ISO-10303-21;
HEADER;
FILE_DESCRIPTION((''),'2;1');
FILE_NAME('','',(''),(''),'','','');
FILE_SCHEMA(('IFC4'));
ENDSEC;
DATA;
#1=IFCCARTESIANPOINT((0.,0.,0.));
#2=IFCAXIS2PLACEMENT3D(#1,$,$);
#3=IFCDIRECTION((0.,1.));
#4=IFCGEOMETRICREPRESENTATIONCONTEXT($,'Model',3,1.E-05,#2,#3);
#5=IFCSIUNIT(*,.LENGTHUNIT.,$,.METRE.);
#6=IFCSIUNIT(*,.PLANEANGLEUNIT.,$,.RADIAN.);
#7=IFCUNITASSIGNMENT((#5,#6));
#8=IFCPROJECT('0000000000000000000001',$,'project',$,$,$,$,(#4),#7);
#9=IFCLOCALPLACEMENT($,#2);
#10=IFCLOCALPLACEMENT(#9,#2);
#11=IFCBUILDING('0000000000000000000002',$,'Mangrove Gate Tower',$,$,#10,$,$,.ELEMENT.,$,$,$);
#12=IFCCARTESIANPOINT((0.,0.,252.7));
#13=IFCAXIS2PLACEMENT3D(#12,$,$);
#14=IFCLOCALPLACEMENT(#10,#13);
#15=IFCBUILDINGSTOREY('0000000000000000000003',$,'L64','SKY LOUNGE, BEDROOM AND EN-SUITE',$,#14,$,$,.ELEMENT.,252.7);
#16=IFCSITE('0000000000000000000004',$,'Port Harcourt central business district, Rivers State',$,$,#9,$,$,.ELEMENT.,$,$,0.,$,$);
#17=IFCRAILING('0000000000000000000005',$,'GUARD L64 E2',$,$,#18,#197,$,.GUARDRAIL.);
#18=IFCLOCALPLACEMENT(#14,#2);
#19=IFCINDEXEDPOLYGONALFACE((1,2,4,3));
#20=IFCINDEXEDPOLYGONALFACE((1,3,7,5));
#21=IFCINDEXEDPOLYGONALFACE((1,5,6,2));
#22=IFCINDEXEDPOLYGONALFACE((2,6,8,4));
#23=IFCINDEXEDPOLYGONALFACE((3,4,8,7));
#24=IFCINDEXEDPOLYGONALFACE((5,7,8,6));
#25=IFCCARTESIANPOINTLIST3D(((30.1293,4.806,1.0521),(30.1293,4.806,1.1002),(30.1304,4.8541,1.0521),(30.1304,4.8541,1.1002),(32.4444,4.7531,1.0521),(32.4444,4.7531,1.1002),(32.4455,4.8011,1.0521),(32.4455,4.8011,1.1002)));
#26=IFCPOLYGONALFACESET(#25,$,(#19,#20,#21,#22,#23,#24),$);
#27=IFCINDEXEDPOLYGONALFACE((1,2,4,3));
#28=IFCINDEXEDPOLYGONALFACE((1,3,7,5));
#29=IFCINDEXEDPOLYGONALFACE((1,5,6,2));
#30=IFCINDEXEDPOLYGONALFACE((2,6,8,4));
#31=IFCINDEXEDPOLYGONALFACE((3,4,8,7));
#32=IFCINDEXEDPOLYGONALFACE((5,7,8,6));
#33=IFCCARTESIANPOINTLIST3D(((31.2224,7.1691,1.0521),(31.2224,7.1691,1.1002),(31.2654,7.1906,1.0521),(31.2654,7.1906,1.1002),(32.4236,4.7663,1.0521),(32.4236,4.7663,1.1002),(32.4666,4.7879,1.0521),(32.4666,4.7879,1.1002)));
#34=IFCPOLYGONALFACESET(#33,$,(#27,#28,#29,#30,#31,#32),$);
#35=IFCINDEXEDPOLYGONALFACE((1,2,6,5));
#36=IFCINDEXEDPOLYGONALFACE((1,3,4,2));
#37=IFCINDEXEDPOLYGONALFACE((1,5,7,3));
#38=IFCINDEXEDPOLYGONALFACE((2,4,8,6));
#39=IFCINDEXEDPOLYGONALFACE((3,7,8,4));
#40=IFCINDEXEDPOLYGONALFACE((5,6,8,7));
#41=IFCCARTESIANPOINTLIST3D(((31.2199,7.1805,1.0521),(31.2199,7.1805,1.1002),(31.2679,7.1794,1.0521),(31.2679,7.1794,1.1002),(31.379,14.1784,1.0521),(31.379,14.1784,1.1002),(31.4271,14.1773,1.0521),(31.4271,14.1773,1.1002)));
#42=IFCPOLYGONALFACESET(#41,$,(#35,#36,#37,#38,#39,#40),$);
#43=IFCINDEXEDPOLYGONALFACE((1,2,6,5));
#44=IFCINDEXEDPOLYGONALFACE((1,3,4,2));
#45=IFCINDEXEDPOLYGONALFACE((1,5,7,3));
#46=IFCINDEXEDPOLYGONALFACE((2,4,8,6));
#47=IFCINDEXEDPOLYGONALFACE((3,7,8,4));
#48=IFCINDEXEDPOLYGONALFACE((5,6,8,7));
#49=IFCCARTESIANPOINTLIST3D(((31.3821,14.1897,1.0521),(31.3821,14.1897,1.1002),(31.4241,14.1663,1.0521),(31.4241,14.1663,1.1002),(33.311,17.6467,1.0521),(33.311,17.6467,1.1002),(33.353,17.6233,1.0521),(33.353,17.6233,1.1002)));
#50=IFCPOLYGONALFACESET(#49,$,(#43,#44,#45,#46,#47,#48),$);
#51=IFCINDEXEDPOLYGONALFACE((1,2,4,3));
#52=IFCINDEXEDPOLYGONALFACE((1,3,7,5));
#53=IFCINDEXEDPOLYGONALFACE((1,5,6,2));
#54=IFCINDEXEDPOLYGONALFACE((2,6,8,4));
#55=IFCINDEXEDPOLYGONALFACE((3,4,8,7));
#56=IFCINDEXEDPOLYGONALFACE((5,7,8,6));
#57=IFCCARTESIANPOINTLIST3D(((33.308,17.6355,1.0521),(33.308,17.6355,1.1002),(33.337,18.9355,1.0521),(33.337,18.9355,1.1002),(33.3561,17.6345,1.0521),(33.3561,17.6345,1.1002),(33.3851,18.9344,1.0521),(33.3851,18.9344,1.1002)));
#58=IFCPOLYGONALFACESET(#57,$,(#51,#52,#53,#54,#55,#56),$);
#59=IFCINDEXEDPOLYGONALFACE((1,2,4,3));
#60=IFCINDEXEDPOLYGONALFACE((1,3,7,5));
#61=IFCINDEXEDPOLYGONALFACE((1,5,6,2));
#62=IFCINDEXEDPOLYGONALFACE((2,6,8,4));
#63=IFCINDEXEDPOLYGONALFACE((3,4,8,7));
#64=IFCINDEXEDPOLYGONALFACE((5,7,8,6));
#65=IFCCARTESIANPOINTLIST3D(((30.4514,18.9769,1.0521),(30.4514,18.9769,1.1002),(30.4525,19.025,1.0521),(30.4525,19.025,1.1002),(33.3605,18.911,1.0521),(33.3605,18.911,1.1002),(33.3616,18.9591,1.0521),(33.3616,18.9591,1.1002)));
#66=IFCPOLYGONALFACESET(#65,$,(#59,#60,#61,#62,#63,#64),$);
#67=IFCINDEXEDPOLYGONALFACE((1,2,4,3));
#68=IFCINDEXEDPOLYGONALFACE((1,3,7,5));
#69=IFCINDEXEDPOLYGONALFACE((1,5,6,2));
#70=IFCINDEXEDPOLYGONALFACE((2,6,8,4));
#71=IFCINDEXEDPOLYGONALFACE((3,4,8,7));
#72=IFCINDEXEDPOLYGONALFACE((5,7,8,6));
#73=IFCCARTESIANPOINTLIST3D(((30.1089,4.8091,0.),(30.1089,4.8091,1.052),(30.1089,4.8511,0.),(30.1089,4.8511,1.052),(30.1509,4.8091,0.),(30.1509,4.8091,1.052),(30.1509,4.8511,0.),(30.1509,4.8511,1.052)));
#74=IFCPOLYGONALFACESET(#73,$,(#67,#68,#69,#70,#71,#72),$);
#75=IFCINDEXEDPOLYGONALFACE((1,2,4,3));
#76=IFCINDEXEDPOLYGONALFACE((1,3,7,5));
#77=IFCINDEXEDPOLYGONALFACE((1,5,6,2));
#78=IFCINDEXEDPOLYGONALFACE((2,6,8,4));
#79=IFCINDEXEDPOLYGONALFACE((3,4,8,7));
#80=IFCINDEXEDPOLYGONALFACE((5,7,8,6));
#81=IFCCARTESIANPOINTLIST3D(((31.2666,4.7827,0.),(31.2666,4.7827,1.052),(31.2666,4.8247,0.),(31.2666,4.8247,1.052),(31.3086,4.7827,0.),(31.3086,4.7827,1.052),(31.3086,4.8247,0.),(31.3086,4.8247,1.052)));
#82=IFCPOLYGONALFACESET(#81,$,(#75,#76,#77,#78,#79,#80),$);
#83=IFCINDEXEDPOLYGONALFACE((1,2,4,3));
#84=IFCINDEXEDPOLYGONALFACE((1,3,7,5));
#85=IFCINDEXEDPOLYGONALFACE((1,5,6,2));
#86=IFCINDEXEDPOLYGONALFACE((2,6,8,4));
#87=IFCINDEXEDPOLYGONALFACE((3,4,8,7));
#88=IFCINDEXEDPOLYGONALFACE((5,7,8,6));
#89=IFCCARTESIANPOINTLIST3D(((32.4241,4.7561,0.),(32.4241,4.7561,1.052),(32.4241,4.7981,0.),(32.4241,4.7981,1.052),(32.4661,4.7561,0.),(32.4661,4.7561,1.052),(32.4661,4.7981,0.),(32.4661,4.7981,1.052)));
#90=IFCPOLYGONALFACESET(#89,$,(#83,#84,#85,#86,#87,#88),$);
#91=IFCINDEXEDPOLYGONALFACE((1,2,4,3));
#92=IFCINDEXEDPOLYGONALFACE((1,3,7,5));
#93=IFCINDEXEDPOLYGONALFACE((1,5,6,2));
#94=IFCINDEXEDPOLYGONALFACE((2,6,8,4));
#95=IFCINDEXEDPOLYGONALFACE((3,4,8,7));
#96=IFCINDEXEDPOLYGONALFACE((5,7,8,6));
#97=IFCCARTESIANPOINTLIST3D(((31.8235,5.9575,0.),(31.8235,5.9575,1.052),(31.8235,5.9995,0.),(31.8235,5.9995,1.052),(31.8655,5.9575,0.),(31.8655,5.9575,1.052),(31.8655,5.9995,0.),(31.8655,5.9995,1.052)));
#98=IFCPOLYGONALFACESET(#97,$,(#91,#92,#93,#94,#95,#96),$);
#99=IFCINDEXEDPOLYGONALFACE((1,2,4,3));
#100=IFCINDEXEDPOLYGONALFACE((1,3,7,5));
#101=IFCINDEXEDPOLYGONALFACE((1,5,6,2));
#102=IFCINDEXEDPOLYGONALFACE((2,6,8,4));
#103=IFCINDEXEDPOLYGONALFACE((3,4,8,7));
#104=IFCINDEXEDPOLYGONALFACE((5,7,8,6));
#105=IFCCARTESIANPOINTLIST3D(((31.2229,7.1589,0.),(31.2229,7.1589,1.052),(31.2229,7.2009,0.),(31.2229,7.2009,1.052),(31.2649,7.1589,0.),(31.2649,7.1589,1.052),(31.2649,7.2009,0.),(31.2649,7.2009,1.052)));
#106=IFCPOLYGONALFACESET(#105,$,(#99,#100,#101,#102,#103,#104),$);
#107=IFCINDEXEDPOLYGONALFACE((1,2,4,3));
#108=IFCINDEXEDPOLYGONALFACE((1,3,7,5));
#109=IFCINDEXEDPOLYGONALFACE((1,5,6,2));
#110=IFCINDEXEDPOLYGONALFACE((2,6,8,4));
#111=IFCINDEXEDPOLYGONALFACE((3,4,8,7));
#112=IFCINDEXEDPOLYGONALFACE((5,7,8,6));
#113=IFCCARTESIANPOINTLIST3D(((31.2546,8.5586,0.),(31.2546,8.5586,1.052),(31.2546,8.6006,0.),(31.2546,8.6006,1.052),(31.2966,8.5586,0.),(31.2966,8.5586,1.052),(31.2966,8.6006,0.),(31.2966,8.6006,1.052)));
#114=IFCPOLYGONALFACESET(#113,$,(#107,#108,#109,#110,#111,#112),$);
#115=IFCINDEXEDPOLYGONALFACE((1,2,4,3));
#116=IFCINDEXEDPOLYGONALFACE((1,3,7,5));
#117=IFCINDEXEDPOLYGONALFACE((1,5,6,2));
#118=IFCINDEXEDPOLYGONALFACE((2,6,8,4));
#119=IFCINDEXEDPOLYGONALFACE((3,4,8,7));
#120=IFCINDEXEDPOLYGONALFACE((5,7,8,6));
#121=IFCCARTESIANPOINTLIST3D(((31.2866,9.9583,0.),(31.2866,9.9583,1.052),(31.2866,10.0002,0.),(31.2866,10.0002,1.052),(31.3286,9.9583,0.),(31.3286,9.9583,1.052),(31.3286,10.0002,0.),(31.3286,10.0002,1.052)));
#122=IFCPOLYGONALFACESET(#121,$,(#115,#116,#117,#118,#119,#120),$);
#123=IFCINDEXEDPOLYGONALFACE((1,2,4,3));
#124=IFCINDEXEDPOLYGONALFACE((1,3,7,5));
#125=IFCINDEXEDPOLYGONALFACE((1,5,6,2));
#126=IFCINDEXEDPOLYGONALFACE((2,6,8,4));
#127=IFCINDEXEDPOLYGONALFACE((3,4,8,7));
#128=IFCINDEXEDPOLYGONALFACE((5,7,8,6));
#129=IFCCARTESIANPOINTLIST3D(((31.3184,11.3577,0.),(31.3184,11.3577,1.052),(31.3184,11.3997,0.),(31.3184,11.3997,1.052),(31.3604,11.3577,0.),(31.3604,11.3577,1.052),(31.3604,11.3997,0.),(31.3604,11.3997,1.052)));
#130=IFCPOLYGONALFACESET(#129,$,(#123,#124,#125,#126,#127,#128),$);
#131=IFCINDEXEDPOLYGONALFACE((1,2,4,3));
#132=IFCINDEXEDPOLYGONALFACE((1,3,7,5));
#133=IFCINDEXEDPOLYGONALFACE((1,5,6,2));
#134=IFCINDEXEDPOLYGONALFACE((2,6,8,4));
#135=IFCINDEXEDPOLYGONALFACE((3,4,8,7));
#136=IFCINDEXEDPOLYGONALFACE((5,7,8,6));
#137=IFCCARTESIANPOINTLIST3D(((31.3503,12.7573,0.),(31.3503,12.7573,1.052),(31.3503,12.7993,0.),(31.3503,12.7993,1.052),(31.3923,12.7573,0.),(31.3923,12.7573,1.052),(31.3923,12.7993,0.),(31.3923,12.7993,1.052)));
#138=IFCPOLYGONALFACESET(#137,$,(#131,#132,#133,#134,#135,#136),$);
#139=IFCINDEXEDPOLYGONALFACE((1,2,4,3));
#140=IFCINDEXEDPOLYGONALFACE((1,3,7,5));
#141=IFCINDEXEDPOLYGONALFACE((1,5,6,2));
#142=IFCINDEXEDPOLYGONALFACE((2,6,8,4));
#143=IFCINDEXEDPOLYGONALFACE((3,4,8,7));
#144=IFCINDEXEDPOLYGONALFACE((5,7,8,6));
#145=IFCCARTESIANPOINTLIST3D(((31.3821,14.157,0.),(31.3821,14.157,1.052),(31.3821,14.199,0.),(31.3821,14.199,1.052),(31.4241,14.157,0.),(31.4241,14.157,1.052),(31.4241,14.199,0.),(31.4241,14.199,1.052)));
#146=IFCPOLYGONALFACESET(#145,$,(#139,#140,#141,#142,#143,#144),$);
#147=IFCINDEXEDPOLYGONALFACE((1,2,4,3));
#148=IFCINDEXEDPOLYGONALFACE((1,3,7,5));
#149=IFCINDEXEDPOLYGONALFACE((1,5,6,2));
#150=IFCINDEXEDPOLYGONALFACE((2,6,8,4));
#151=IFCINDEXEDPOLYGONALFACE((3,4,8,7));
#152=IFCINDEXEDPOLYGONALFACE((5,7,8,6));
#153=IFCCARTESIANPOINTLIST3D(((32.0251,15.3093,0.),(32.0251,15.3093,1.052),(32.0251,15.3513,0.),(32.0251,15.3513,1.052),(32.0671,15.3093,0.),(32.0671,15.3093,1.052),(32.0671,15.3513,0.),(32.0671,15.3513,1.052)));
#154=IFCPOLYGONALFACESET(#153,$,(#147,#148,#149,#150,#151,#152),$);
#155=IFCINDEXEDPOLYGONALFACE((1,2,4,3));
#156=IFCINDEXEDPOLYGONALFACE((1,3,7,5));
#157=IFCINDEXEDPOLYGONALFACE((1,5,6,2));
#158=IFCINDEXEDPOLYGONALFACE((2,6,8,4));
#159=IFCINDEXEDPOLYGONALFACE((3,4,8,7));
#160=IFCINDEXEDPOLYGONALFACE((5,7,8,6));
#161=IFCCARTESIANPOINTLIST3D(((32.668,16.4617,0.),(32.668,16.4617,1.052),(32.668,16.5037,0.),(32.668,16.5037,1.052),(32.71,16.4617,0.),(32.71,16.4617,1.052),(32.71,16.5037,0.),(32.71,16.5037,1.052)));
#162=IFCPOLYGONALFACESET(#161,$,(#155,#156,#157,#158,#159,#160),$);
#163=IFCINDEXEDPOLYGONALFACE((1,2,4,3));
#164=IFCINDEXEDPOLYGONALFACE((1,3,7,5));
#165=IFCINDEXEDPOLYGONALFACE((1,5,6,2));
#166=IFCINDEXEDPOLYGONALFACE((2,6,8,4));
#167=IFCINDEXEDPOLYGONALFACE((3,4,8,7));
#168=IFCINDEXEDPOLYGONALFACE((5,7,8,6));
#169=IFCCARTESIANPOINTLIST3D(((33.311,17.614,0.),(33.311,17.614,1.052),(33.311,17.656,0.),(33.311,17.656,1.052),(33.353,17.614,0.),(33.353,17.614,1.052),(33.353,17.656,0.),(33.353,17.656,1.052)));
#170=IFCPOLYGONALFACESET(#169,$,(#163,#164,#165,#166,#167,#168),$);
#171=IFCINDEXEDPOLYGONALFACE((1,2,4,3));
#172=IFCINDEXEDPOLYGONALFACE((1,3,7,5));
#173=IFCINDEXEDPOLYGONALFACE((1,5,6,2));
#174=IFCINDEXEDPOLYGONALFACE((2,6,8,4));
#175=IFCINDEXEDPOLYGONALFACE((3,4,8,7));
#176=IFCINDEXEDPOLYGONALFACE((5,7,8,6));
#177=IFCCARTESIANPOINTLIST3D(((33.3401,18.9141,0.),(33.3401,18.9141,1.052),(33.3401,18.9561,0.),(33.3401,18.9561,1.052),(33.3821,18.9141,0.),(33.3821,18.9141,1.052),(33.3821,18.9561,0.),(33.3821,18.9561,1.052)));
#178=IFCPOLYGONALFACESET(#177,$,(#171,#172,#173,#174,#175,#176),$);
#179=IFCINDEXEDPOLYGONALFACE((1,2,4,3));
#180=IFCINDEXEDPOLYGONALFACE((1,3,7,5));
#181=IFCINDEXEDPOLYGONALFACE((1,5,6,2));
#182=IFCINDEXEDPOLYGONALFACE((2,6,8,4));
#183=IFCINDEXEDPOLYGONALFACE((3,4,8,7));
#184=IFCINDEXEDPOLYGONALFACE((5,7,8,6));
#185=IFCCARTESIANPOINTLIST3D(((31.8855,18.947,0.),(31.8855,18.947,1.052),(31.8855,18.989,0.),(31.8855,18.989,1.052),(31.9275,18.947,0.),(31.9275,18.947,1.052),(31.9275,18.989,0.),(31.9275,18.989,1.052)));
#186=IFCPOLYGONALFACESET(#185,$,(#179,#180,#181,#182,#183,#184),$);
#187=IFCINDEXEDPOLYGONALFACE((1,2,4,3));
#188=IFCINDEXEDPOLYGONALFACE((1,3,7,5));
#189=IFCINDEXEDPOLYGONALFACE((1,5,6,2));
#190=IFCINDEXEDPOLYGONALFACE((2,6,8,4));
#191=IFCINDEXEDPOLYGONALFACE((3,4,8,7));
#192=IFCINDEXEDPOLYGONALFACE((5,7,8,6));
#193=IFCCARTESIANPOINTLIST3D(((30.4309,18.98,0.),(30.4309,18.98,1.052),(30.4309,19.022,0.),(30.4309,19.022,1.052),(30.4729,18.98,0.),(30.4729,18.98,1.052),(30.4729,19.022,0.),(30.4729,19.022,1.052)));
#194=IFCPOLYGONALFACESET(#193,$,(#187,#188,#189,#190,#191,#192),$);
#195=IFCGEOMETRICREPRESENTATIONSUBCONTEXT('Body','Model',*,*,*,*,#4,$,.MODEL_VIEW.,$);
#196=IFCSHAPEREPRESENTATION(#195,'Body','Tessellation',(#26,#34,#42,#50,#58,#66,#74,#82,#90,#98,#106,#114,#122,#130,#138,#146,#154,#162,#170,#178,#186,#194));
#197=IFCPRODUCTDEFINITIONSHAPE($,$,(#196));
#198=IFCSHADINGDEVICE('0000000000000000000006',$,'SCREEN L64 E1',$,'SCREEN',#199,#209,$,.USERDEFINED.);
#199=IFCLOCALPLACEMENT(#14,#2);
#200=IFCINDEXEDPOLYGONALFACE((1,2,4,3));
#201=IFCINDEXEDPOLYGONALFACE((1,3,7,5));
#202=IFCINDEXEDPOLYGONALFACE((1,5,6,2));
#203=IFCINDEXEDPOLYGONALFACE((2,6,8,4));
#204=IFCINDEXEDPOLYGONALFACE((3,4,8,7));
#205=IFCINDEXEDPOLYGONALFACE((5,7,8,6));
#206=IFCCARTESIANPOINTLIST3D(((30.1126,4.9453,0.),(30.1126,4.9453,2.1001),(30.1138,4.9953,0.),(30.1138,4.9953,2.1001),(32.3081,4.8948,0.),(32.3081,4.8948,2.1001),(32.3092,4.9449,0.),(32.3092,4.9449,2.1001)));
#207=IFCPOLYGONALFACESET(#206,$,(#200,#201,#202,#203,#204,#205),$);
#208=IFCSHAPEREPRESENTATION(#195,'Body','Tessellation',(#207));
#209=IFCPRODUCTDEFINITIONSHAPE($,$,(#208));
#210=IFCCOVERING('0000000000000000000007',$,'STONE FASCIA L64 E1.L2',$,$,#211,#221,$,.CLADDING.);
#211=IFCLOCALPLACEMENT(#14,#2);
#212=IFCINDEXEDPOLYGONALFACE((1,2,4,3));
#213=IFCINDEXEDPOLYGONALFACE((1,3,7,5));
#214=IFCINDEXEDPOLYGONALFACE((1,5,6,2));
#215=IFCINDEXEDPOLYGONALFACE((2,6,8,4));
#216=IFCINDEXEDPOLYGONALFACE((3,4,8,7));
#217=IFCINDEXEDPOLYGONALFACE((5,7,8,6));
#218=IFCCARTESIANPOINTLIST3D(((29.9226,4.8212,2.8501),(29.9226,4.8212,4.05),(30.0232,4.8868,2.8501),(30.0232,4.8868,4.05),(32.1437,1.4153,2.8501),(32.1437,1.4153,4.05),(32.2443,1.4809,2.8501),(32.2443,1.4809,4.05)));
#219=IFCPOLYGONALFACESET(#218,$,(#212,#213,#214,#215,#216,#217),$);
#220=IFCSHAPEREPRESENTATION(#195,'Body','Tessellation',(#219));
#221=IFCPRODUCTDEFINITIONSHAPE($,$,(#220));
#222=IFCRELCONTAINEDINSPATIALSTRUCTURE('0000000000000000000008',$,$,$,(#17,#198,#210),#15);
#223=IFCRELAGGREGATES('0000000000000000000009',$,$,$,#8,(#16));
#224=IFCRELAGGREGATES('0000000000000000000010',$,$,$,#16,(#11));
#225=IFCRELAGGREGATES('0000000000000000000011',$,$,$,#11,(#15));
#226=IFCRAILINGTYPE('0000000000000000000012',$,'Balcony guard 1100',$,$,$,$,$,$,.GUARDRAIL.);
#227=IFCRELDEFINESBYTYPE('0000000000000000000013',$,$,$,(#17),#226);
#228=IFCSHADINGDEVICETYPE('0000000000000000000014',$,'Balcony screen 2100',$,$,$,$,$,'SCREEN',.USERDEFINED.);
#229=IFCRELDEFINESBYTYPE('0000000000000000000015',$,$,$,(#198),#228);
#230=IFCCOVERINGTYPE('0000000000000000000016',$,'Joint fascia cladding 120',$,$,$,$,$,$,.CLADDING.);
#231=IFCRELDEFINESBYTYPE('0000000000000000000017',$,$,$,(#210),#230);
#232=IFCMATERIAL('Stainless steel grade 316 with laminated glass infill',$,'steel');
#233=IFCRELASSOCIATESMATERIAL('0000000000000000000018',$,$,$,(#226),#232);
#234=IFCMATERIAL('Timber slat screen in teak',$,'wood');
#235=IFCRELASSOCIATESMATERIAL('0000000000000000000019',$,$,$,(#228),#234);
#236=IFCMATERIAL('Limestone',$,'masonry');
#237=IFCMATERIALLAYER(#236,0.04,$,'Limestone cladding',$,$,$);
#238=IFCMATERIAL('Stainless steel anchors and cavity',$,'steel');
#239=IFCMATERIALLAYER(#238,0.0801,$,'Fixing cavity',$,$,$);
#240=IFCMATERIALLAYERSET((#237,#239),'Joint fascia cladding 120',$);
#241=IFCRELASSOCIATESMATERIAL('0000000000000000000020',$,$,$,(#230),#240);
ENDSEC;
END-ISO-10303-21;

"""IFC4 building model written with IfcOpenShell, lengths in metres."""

from ifc_helpers import new_model, si_unit, direction, frame, frame_2d, origin, origin_2d, place, context, subcontext, project, spatial, rectangle, extrude, material, layer, layer_set, type_object, element, save


model = new_model("IFC4")

# Units and contexts
model_context = context("Model", 3, precision=1e-05, world=origin(), true_north=direction((0.0, 1.0)))
body_context = subcontext(model_context, "Body", "Model", "MODEL_VIEW")
ifc_project = project(units=[si_unit("LENGTHUNIT", "METRE"), si_unit("PLANEANGLEUNIT", "RADIAN")], contexts=[model_context])

# Site, building, storey
site_placement = place(None, origin())
site = spatial("IfcSite", under=ifc_project, at=site_placement, Name="Port Harcourt central business district, Rivers State", CompositionType="ELEMENT", RefElevation=0.0)
building_placement = place(site_placement, origin())
building = spatial("IfcBuilding", under=site, at=building_placement, Name="Mangrove Gate Tower", CompositionType="ELEMENT")
storey_placement = place(building_placement, frame((0.0, 0.0, 252.7)))
storey = spatial("IfcBuildingStorey", under=building, at=storey_placement, Name="L64", Description="SKY LOUNGE, BEDROOM AND EN-SUITE", CompositionType="ELEMENT", Elevation=252.7)

# Shared definitions
ifc_material_1 = material(Name="Limestone", Category="masonry")

# Railing
ifc_material_2 = material(Name="Stainless steel grade 316 with laminated glass infill", Category="steel")
railing_type = type_object("IfcRailingType", Name="Balcony guard 1100", PredefinedType="GUARDRAIL", material=ifc_material_2)
railing_placement = place(storey_placement, frame((30.1299, 4.8301, 0.0)))
element("IfcRailing", 1, at=railing_placement, inside=storey, type_object=railing_type, Name="GUARD L64 E2", PredefinedType="GUARDRAIL", context=body_context, shape_type="SweptSolid", body=[
    extrude(rectangle(XDim=0.0481, YDim=0.0481, at=origin_2d()), frame((0.0, 0.0, 1.0762), z_axis=(0.999738, -0.022877, 0.0), x_axis=(0.022877, 0.999738, 0.0)), (0.0, 0.0, 1.0), 2.3157),
    extrude(rectangle(XDim=0.0481, YDim=0.0481, at=origin_2d()), frame((2.3152, -0.053, 1.0762), z_axis=(-0.447141, 0.894464, 0.0), x_axis=(-0.894464, -0.447141, 0.0)), (0.0, 0.0, 1.0), 2.6863),
    extrude(rectangle(XDim=0.0481, YDim=0.0481, at=origin_2d()), frame((1.114, 2.3499, 1.0762), z_axis=(0.02274, 0.999741, 0.0), x_axis=(-0.999741, 0.02274, 0.0)), (0.0, 0.0, 1.0), 6.9998),
    extrude(rectangle(XDim=0.0481, YDim=0.0481, at=origin_2d()), frame((1.2732, 9.3479, 1.0762), z_axis=(0.48726, 0.873257, 0.0), x_axis=(-0.873257, 0.48726, 0.0)), (0.0, 0.0, 1.0), 3.9587),
    extrude(rectangle(XDim=0.0481, YDim=0.0481, at=origin_2d()), frame((3.2021, 12.8049, 1.0762), z_axis=(0.022342, 0.99975, 0.0), x_axis=(-0.99975, 0.022342, 0.0)), (0.0, 0.0, 1.0), 1.3003),
    extrude(rectangle(XDim=0.0481, YDim=0.0481, at=origin_2d()), frame((3.2312, 14.105, 1.0762), z_axis=(-0.999743, 0.022653, 0.0), x_axis=(-0.022653, -0.999743, 0.0)), (0.0, 0.0, 1.0), 2.9099),
    extrude(rectangle(XDim=0.042, YDim=0.042, at=origin_2d()), origin(), (0.0, 0.0, 1.0), 1.052),
    extrude(rectangle(XDim=0.042, YDim=0.042, at=origin_2d()), frame((1.1577, -0.0264, 0.0)), (0.0, 0.0, 1.0), 1.052),
    extrude(rectangle(XDim=0.042, YDim=0.042, at=origin_2d()), frame((2.3152, -0.053, 0.0)), (0.0, 0.0, 1.0), 1.052),
    extrude(rectangle(XDim=0.042, YDim=0.042, at=origin_2d()), frame((1.7146, 1.1484, 0.0)), (0.0, 0.0, 1.0), 1.052),
    extrude(rectangle(XDim=0.042, YDim=0.042, at=origin_2d()), frame((1.114, 2.3499, 0.0)), (0.0, 0.0, 1.0), 1.052),
    extrude(rectangle(XDim=0.042, YDim=0.042, at=origin_2d()), frame((1.1458, 3.7495, 0.0)), (0.0, 0.0, 1.0), 1.052),
    extrude(rectangle(XDim=0.042, YDim=0.042, at=origin_2d()), frame((1.1777, 5.1492, 0.0)), (0.0, 0.0, 1.0), 1.052),
    extrude(rectangle(XDim=0.042, YDim=0.042, at=origin_2d()), frame((1.2095, 6.5486, 0.0)), (0.0, 0.0, 1.0), 1.052),
    extrude(rectangle(XDim=0.042, YDim=0.042, at=origin_2d()), frame((1.2415, 7.9482, 0.0)), (0.0, 0.0, 1.0), 1.052),
    extrude(rectangle(XDim=0.042, YDim=0.042, at=origin_2d()), frame((1.2732, 9.3479, 0.0)), (0.0, 0.0, 1.0), 1.052),
    extrude(rectangle(XDim=0.042, YDim=0.042, at=origin_2d()), frame((1.9163, 10.5002, 0.0)), (0.0, 0.0, 1.0), 1.052),
    extrude(rectangle(XDim=0.042, YDim=0.042, at=origin_2d()), frame((2.5591, 11.6526, 0.0)), (0.0, 0.0, 1.0), 1.052),
    extrude(rectangle(XDim=0.042, YDim=0.042, at=origin_2d()), frame((3.2021, 12.8049, 0.0)), (0.0, 0.0, 1.0), 1.052),
    extrude(rectangle(XDim=0.042, YDim=0.042, at=origin_2d()), frame((3.2312, 14.105, 0.0)), (0.0, 0.0, 1.0), 1.052),
    extrude(rectangle(XDim=0.042, YDim=0.042, at=origin_2d()), frame((1.7766, 14.1379, 0.0)), (0.0, 0.0, 1.0), 1.052),
    extrude(rectangle(XDim=0.042, YDim=0.042, at=origin_2d()), frame((0.322, 14.1709, 0.0)), (0.0, 0.0, 1.0), 1.052),
])

# Shading device
ifc_material_3 = material(Name="Timber slat screen in teak", Category="wood")
shading_device_type = type_object("IfcShadingDeviceType", Name="Balcony screen 2100", ElementType="SCREEN", PredefinedType="USERDEFINED", material=ifc_material_3)
shading_device_placement = place(storey_placement, frame((31.2109, 4.9451, 0.0), z_axis=(0.0, 0.0, 1.0), x_axis=(0.999736, -0.022967, 0.0)))
element("IfcShadingDevice", 2, at=shading_device_placement, inside=storey, type_object=shading_device_type, Name="SCREEN L64 E1", ObjectType="SCREEN", PredefinedType="USERDEFINED", context=body_context, shape_type="SweptSolid", body=[
    extrude(rectangle(XDim=2.196, YDim=0.05, at=origin_2d()), origin(), (0.0, 0.0, 1.0), 2.1001),
])

# Covering
ifc_layer_1 = layer(ifc_material_1, 0.04, Name="Limestone cladding")
ifc_material_4 = material(Name="Stainless steel anchors and cavity", Category="steel")
ifc_layer_2 = layer(ifc_material_4, 0.0801, Name="Fixing cavity")
ifc_layer_set_1 = layer_set([ifc_layer_1, ifc_layer_2], Name="Joint fascia cladding 120")
covering_type = type_object("IfcCoveringType", Name="Joint fascia cladding 120", PredefinedType="CLADDING", material=ifc_layer_set_1)
covering_1_placement = place(storey_placement, frame((32.1941, 1.448, 2.8501), z_axis=(0.0, 0.0, 1.0), x_axis=(-0.546248, 0.837624, 0.0)))
element("IfcCovering", 3, at=covering_1_placement, inside=storey, type_object=covering_type, Name="STONE FASCIA L64 E1.L2", PredefinedType="CLADDING", context=body_context, shape_type="SweptSolid", body=[
    extrude(rectangle(XDim=4.0662, YDim=0.1201, at=frame_2d((2.0332, 0.0))), origin(), (0.0, 0.0, 1.0), 1.2),
])

save(model, "model.ifc")
